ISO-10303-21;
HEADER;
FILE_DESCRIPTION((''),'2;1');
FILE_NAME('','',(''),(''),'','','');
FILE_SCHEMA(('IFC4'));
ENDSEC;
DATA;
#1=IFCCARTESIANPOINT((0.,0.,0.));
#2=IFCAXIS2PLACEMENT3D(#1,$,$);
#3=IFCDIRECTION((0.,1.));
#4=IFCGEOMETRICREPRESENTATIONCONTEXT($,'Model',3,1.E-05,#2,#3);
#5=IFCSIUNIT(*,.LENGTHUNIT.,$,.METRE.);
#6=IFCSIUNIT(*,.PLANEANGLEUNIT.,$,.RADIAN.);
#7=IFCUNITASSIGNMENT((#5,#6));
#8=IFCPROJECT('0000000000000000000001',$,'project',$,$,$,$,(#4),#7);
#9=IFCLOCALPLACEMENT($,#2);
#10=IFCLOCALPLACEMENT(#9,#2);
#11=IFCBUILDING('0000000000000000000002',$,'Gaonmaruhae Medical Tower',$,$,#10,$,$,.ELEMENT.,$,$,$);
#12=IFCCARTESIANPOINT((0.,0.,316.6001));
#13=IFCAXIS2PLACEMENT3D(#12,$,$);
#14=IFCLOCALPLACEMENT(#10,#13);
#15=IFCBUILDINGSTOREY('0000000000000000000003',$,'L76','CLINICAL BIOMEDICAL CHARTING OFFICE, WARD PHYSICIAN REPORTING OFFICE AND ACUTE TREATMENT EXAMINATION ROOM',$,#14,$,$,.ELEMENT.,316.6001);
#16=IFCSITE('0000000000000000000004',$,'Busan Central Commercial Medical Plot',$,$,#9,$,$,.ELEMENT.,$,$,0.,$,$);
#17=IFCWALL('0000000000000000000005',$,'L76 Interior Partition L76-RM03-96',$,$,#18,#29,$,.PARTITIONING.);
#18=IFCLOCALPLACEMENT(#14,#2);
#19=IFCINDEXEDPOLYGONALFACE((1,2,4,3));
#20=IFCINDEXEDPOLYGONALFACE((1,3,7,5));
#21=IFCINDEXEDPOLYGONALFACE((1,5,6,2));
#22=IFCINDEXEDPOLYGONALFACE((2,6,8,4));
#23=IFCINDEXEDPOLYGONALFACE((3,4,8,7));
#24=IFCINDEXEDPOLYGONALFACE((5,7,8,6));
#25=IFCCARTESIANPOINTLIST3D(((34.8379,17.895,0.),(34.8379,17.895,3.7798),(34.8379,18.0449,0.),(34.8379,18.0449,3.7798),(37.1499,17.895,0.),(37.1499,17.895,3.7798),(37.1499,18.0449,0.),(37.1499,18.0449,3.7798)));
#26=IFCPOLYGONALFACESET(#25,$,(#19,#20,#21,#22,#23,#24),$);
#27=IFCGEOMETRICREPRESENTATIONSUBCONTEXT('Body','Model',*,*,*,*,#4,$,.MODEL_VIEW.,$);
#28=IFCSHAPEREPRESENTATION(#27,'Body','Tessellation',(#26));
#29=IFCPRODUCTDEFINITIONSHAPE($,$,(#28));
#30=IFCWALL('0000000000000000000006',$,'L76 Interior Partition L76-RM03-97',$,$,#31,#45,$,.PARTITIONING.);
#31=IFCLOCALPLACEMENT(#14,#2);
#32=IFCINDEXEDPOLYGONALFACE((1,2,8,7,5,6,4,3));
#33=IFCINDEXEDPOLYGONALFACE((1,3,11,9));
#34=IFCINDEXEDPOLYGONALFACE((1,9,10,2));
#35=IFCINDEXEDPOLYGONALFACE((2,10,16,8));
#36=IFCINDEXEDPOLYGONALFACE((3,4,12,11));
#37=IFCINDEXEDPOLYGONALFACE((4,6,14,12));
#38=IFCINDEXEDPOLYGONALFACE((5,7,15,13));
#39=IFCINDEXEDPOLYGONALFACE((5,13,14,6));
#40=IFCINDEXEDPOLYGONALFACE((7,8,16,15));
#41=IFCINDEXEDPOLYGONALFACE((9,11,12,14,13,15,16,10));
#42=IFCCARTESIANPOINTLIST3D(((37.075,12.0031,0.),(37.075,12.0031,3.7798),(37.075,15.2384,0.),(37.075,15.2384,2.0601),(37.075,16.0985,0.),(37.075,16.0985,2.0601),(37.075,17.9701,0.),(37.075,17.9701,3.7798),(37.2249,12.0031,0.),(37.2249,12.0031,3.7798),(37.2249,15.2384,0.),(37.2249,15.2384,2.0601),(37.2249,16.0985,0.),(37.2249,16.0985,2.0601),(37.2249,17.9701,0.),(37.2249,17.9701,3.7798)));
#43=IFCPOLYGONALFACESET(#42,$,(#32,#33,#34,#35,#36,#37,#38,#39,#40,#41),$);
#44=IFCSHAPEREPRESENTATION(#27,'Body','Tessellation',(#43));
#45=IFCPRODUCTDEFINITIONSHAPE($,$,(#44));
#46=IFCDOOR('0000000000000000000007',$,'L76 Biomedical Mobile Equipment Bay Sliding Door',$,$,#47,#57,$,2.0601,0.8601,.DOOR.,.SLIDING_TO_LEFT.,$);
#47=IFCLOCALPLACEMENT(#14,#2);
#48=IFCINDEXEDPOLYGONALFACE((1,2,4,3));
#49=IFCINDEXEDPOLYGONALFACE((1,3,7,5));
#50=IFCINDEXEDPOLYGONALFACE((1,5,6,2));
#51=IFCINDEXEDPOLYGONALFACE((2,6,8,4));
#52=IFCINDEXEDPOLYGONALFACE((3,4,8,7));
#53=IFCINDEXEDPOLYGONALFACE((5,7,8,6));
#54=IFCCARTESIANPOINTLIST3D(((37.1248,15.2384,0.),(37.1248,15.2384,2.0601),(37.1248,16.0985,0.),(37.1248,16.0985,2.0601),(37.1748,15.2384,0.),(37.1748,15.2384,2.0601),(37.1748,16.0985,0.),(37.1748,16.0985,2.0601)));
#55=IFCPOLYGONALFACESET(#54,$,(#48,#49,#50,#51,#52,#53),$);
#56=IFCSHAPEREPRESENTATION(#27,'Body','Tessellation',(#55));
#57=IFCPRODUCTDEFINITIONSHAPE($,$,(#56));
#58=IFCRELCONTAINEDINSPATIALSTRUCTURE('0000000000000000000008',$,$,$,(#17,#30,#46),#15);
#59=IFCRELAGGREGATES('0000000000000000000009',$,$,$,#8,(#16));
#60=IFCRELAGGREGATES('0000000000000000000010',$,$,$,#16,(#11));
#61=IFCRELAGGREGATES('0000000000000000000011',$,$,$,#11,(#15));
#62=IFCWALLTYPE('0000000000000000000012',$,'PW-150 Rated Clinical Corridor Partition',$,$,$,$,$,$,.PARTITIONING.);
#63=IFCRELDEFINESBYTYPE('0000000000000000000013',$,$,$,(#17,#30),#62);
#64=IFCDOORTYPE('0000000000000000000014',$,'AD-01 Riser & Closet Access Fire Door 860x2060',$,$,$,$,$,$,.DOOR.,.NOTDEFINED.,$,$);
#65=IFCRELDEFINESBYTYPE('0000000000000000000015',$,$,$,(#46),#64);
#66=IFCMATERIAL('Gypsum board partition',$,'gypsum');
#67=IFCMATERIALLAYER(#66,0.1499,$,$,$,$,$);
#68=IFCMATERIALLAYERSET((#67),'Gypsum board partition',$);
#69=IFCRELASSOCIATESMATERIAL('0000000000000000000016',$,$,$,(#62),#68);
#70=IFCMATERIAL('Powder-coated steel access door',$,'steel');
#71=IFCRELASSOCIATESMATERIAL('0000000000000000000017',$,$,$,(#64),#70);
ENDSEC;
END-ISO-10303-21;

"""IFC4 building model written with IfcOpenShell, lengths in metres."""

from ifc_helpers import new_model, si_unit, direction, frame, frame_2d, origin, place, context, subcontext, project, spatial, rectangle, extrude, material, layer, layer_set, type_object, element, fill, save


model = new_model("IFC4")

# Units and contexts
model_context = context("Model", 3, precision=1e-05, world=origin(), true_north=direction((0.0, 1.0)))
body_context = subcontext(model_context, "Body", "Model", "MODEL_VIEW")
ifc_project = project(units=[si_unit("LENGTHUNIT", "METRE"), si_unit("PLANEANGLEUNIT", "RADIAN")], contexts=[model_context])

# Site, building, storey
site_placement = place(None, origin())
site = spatial("IfcSite", under=ifc_project, at=site_placement, Name="Busan Central Commercial Medical Plot", CompositionType="ELEMENT", RefElevation=0.0)
building_placement = place(site_placement, origin())
building = spatial("IfcBuilding", under=site, at=building_placement, Name="Gaonmaruhae Medical Tower", CompositionType="ELEMENT")
storey_placement = place(building_placement, frame((0.0, 0.0, 316.6001)))
storey = spatial("IfcBuildingStorey", under=building, at=storey_placement, Name="L76", Description="CLINICAL BIOMEDICAL CHARTING OFFICE, WARD PHYSICIAN REPORTING OFFICE AND ACUTE TREATMENT EXAMINATION ROOM", CompositionType="ELEMENT", Elevation=316.6001)

# Shared definitions
ifc_material_1 = material(Name="Gypsum board partition", Category="gypsum")
ifc_layer_1 = layer(ifc_material_1, 0.1499)
ifc_layer_set_1 = layer_set([ifc_layer_1], Name="Gypsum board partition")
wall_type_1 = type_object("IfcWallType", Name="PW-150 Rated Clinical Corridor Partition", PredefinedType="PARTITIONING", material=ifc_layer_set_1)

# Wall
wall_1_placement = place(storey_placement, frame((34.8379, 17.97, 0.0), z_axis=(0.0, 0.0, 1.0), x_axis=(1.0, 0.0, 0.0)))
element("IfcWall", 1, at=wall_1_placement, inside=storey, type_object=wall_type_1, Name="L76 Interior Partition L76-RM03-96", PredefinedType="PARTITIONING", context=body_context, shape_type="SweptSolid", body=[
    extrude(rectangle(XDim=2.312, YDim=0.1499, at=frame_2d((1.156, 0.0))), origin(), (0.0, 0.0, 1.0), 3.7798),
])

# Wall, opening, door
wall_2_placement = place(storey_placement, frame((37.1499, 17.97, 0.0), z_axis=(0.0, 0.0, 1.0), x_axis=(0.0, -1.0, 0.0)))
wall_2 = element("IfcWall", 2, at=wall_2_placement, inside=storey, type_object=wall_type_1, Name="L76 Interior Partition L76-RM03-97", PredefinedType="PARTITIONING", context=body_context, shape_type="SweptSolid", body=[
    extrude(rectangle(XDim=5.967, YDim=0.1499, at=frame_2d((2.9834, 0.0))), origin(), (0.0, 0.0, 1.0), 3.7798),
])
opening_1_placement = place(wall_2_placement, frame((1.8713, 0.0, 0.0)))
opening_1 = element("IfcOpeningElement", 3, at=opening_1_placement, cuts=wall_2, PredefinedType="OPENING", context=body_context, shape_type="SweptSolid", body=[
    extrude(rectangle(XDim=0.8601, YDim=2.0601, at=frame_2d((0.4302, 1.03))), frame((0.0, 0.085, 0.0), z_axis=(0.0, -1.0, 0.0), x_axis=(1.0, 0.0, 0.0)), (0.0, 0.0, 1.0), 0.1699),
])
ifc_material_2 = material(Name="Powder-coated steel access door", Category="steel")
door_type_1 = type_object("IfcDoorType", Name="AD-01 Riser & Closet Access Fire Door 860x2060", OperationType="NOTDEFINED", PredefinedType="DOOR", material=ifc_material_2)
door_1_placement = place(opening_1_placement, origin())
door_1 = element("IfcDoor", 4, at=door_1_placement, inside=storey, type_object=door_type_1, Name="L76 Biomedical Mobile Equipment Bay Sliding Door", OperationType="SLIDING_TO_LEFT", OverallHeight=2.0601, OverallWidth=0.8601, PredefinedType="DOOR", context=body_context, shape_type="SweptSolid", body=[
    extrude(rectangle(XDim=0.8601, YDim=2.0601, at=frame_2d((0.4302, 1.03))), frame((0.0, 0.0249, 0.0), z_axis=(0.0, -1.0, 0.0), x_axis=(1.0, 0.0, 0.0)), (0.0, 0.0, 1.0), 0.05),
])
fill(opening_1, door_1)

save(model, "model.ifc")
